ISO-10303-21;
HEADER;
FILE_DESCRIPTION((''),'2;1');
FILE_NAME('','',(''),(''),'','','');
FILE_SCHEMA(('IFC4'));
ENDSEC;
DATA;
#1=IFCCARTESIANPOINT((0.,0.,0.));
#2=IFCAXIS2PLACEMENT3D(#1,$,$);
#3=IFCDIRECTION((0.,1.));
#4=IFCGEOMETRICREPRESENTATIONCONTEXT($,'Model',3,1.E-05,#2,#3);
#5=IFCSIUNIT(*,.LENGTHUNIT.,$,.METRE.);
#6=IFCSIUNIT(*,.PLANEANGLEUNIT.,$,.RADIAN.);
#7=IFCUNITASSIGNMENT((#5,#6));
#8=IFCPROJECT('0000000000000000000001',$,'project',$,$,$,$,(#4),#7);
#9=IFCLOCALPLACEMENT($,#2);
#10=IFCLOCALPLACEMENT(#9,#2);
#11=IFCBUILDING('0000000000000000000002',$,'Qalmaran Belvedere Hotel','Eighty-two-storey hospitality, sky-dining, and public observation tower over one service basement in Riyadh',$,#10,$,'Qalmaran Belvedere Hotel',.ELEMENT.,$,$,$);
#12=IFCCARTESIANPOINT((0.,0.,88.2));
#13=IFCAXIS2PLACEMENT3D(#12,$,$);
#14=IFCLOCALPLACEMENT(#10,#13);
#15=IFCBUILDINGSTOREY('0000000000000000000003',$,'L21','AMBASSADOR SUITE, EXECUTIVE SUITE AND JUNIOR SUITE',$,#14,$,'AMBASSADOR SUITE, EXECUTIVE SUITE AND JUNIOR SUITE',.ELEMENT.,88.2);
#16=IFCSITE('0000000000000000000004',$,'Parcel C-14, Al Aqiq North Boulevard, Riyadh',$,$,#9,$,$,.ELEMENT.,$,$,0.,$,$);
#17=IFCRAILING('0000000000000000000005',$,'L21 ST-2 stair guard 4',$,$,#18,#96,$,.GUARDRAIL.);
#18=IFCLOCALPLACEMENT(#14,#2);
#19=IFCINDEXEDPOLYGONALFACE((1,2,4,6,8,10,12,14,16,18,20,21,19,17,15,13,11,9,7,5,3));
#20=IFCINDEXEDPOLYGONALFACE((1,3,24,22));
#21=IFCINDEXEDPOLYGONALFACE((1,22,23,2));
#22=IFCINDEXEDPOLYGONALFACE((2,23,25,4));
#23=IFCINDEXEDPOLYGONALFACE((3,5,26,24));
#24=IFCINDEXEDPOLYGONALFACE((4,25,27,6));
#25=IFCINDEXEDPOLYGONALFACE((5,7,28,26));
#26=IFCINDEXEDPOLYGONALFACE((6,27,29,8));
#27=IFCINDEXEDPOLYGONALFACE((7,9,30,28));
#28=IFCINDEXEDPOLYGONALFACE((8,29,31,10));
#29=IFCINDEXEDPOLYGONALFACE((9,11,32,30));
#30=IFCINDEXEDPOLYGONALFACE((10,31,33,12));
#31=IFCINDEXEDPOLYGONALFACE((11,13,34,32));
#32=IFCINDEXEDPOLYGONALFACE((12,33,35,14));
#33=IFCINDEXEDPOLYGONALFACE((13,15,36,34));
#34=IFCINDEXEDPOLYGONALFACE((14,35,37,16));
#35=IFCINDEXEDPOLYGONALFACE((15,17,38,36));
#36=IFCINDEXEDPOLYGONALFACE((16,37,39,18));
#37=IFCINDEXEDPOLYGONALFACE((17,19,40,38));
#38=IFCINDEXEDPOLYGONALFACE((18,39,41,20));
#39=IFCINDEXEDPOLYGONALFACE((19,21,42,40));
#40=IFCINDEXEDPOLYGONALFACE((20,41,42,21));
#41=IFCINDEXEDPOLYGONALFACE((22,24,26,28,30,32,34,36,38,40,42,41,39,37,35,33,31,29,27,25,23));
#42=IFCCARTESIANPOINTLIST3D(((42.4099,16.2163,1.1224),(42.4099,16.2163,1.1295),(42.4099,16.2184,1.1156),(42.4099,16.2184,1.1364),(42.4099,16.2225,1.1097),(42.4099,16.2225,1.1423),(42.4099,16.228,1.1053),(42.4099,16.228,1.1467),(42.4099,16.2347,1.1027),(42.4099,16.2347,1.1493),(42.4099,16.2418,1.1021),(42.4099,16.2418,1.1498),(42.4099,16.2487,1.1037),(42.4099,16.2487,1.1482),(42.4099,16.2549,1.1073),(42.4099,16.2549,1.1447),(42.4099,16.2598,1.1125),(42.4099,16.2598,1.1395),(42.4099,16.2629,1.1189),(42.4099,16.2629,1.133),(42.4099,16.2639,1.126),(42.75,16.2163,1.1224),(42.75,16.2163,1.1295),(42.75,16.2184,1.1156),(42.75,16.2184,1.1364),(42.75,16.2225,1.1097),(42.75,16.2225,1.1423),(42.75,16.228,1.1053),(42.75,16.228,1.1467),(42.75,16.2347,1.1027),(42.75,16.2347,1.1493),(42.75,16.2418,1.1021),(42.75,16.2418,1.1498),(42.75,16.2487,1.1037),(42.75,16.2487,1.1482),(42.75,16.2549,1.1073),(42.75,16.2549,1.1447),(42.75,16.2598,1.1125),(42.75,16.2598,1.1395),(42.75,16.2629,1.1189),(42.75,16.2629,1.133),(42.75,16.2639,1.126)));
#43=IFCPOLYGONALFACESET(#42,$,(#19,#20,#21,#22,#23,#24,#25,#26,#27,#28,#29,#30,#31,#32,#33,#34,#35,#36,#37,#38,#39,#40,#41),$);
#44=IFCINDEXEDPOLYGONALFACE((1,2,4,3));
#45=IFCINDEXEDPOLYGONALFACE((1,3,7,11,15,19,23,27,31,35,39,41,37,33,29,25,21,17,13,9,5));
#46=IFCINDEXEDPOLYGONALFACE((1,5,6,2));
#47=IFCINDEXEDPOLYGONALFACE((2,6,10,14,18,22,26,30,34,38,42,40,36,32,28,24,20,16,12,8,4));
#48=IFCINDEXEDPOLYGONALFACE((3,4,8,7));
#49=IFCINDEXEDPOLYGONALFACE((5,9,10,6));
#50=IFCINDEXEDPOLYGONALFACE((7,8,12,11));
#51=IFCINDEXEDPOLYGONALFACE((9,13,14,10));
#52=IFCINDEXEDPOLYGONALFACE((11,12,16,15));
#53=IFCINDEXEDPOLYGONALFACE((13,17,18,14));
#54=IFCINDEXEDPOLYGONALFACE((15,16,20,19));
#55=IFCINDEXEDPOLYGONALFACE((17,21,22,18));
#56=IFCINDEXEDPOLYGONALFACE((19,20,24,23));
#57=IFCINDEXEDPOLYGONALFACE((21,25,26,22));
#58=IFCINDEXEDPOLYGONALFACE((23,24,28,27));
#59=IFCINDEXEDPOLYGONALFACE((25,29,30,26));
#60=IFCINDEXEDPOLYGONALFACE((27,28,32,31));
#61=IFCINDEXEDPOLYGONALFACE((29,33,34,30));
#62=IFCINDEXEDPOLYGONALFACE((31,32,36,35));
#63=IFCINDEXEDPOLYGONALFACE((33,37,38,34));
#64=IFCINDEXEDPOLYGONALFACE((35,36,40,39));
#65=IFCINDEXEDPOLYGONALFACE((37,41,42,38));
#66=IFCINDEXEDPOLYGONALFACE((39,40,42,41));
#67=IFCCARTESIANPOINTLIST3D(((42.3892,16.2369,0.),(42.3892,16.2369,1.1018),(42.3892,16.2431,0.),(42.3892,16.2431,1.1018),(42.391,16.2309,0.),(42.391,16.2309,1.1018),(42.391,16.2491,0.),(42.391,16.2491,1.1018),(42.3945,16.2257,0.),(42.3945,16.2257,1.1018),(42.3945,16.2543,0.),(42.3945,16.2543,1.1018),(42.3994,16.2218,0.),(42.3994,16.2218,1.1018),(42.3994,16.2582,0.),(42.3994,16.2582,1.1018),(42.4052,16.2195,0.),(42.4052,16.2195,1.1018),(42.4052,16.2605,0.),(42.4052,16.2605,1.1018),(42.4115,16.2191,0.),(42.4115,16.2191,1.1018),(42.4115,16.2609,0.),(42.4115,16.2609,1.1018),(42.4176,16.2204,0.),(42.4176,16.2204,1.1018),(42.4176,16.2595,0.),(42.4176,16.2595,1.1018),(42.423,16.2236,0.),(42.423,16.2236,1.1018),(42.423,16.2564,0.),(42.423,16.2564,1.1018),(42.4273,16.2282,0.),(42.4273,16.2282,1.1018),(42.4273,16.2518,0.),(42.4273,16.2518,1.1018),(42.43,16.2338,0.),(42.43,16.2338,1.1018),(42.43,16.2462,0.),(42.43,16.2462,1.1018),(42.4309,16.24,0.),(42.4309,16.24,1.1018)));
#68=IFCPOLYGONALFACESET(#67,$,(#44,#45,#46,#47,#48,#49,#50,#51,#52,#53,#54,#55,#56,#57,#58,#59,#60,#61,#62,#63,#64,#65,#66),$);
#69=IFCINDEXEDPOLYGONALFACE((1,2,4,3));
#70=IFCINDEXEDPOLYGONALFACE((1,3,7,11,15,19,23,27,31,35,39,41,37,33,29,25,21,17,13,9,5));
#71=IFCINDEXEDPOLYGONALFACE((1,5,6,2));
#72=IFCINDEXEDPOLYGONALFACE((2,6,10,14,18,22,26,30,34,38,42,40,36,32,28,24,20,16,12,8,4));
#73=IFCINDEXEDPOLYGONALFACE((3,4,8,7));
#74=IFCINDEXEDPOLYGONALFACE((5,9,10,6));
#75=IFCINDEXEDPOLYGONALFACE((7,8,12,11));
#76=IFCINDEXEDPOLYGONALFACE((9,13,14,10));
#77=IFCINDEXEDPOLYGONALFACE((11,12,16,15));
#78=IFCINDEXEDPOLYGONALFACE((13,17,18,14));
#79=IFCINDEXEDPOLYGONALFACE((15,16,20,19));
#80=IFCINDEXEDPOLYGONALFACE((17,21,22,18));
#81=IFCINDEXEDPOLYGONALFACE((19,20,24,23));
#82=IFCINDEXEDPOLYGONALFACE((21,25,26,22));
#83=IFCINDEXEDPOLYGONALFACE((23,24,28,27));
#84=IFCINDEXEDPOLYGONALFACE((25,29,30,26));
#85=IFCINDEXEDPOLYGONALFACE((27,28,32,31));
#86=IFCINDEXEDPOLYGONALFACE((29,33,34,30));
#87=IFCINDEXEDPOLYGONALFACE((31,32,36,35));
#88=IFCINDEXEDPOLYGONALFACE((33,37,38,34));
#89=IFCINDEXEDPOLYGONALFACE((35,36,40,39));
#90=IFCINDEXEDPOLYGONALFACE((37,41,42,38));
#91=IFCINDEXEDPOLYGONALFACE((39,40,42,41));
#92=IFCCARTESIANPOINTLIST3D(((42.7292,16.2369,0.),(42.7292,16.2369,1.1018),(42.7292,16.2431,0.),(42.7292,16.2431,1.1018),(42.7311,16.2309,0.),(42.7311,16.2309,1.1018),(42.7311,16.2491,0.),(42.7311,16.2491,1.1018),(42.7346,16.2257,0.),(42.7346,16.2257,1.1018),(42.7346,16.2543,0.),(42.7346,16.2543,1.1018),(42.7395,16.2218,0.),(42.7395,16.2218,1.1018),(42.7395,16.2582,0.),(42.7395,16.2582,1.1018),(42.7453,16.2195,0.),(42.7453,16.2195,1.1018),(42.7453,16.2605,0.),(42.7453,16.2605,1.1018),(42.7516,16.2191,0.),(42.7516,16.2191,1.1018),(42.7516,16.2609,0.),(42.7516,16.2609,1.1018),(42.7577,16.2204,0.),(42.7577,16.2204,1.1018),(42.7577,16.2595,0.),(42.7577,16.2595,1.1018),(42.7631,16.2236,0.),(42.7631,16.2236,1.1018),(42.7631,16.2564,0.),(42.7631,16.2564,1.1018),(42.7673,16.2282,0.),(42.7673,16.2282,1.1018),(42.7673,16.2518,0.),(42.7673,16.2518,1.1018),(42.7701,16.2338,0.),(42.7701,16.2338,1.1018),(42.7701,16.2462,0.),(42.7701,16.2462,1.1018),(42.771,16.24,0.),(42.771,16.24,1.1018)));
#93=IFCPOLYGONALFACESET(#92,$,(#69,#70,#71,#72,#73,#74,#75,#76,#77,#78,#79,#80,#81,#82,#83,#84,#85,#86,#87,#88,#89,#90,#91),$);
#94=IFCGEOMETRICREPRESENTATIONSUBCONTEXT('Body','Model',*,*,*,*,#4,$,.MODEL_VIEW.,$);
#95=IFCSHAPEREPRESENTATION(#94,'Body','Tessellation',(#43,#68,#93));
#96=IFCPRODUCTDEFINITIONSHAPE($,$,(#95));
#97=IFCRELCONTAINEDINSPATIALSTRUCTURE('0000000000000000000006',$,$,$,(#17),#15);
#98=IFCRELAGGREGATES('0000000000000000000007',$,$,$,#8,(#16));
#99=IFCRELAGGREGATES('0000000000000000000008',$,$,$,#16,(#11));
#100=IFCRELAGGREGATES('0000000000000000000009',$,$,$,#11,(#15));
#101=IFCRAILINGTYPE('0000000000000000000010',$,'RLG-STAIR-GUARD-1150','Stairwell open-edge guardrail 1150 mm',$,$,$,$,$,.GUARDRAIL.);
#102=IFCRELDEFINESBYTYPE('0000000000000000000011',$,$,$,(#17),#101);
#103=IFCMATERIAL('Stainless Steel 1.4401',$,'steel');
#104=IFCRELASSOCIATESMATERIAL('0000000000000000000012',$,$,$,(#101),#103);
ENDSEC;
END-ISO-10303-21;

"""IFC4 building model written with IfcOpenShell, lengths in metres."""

from ifc_helpers import new_model, si_unit, direction, frame, origin, origin_2d, place, context, subcontext, project, spatial, circle, extrude, material, type_object, element, save


model = new_model("IFC4")

# Units and contexts
model_context = context("Model", 3, precision=1e-05, world=origin(), true_north=direction((0.0, 1.0)))
body_context = subcontext(model_context, "Body", "Model", "MODEL_VIEW")
ifc_project = project(units=[si_unit("LENGTHUNIT", "METRE"), si_unit("PLANEANGLEUNIT", "RADIAN")], contexts=[model_context])

# Site, building, storey
site_placement = place(None, origin())
site = spatial("IfcSite", under=ifc_project, at=site_placement, Name="Parcel C-14, Al Aqiq North Boulevard, Riyadh", CompositionType="ELEMENT", RefElevation=0.0)
building_placement = place(site_placement, origin())
building = spatial("IfcBuilding", under=site, at=building_placement, Name="Qalmaran Belvedere Hotel", Description="Eighty-two-storey hospitality, sky-dining, and public observation tower over one service basement in Riyadh", LongName="Qalmaran Belvedere Hotel", CompositionType="ELEMENT")
storey_placement = place(building_placement, frame((0.0, 0.0, 88.2)))
storey = spatial("IfcBuildingStorey", under=building, at=storey_placement, Name="L21", Description="AMBASSADOR SUITE, EXECUTIVE SUITE AND JUNIOR SUITE", LongName="AMBASSADOR SUITE, EXECUTIVE SUITE AND JUNIOR SUITE", CompositionType="ELEMENT", Elevation=88.2)

# Shared definitions
ifc_material_1 = material(Name="Stainless Steel 1.4401", Category="steel")

# Railing
railing_type_1 = type_object("IfcRailingType", Name="RLG-STAIR-GUARD-1150", Description="Stairwell open-edge guardrail 1150 mm", PredefinedType="GUARDRAIL", material=ifc_material_1)
railing_1_placement = place(storey_placement, frame((42.4099, 16.24, 0.0)))
element("IfcRailing", 1, at=railing_1_placement, inside=storey, type_object=railing_type_1, Name="L21 ST-2 stair guard 4", PredefinedType="GUARDRAIL", context=body_context, shape_type="SweptSolid", body=[
    extrude(circle(Radius=0.0239, at=origin_2d()), frame((0.0, 0.0, 1.126), z_axis=(1.0, 0.0, 0.0), x_axis=(0.0, 1.0, 0.0)), (0.0, 0.0, 1.0), 0.3401),
    extrude(circle(Radius=0.021, at=origin_2d()), origin(), (0.0, 0.0, 1.0), 1.1018),
    extrude(circle(Radius=0.021, at=origin_2d()), frame((0.3401, 0.0, 0.0)), (0.0, 0.0, 1.0), 1.1018),
])

save(model, "model.ifc")
